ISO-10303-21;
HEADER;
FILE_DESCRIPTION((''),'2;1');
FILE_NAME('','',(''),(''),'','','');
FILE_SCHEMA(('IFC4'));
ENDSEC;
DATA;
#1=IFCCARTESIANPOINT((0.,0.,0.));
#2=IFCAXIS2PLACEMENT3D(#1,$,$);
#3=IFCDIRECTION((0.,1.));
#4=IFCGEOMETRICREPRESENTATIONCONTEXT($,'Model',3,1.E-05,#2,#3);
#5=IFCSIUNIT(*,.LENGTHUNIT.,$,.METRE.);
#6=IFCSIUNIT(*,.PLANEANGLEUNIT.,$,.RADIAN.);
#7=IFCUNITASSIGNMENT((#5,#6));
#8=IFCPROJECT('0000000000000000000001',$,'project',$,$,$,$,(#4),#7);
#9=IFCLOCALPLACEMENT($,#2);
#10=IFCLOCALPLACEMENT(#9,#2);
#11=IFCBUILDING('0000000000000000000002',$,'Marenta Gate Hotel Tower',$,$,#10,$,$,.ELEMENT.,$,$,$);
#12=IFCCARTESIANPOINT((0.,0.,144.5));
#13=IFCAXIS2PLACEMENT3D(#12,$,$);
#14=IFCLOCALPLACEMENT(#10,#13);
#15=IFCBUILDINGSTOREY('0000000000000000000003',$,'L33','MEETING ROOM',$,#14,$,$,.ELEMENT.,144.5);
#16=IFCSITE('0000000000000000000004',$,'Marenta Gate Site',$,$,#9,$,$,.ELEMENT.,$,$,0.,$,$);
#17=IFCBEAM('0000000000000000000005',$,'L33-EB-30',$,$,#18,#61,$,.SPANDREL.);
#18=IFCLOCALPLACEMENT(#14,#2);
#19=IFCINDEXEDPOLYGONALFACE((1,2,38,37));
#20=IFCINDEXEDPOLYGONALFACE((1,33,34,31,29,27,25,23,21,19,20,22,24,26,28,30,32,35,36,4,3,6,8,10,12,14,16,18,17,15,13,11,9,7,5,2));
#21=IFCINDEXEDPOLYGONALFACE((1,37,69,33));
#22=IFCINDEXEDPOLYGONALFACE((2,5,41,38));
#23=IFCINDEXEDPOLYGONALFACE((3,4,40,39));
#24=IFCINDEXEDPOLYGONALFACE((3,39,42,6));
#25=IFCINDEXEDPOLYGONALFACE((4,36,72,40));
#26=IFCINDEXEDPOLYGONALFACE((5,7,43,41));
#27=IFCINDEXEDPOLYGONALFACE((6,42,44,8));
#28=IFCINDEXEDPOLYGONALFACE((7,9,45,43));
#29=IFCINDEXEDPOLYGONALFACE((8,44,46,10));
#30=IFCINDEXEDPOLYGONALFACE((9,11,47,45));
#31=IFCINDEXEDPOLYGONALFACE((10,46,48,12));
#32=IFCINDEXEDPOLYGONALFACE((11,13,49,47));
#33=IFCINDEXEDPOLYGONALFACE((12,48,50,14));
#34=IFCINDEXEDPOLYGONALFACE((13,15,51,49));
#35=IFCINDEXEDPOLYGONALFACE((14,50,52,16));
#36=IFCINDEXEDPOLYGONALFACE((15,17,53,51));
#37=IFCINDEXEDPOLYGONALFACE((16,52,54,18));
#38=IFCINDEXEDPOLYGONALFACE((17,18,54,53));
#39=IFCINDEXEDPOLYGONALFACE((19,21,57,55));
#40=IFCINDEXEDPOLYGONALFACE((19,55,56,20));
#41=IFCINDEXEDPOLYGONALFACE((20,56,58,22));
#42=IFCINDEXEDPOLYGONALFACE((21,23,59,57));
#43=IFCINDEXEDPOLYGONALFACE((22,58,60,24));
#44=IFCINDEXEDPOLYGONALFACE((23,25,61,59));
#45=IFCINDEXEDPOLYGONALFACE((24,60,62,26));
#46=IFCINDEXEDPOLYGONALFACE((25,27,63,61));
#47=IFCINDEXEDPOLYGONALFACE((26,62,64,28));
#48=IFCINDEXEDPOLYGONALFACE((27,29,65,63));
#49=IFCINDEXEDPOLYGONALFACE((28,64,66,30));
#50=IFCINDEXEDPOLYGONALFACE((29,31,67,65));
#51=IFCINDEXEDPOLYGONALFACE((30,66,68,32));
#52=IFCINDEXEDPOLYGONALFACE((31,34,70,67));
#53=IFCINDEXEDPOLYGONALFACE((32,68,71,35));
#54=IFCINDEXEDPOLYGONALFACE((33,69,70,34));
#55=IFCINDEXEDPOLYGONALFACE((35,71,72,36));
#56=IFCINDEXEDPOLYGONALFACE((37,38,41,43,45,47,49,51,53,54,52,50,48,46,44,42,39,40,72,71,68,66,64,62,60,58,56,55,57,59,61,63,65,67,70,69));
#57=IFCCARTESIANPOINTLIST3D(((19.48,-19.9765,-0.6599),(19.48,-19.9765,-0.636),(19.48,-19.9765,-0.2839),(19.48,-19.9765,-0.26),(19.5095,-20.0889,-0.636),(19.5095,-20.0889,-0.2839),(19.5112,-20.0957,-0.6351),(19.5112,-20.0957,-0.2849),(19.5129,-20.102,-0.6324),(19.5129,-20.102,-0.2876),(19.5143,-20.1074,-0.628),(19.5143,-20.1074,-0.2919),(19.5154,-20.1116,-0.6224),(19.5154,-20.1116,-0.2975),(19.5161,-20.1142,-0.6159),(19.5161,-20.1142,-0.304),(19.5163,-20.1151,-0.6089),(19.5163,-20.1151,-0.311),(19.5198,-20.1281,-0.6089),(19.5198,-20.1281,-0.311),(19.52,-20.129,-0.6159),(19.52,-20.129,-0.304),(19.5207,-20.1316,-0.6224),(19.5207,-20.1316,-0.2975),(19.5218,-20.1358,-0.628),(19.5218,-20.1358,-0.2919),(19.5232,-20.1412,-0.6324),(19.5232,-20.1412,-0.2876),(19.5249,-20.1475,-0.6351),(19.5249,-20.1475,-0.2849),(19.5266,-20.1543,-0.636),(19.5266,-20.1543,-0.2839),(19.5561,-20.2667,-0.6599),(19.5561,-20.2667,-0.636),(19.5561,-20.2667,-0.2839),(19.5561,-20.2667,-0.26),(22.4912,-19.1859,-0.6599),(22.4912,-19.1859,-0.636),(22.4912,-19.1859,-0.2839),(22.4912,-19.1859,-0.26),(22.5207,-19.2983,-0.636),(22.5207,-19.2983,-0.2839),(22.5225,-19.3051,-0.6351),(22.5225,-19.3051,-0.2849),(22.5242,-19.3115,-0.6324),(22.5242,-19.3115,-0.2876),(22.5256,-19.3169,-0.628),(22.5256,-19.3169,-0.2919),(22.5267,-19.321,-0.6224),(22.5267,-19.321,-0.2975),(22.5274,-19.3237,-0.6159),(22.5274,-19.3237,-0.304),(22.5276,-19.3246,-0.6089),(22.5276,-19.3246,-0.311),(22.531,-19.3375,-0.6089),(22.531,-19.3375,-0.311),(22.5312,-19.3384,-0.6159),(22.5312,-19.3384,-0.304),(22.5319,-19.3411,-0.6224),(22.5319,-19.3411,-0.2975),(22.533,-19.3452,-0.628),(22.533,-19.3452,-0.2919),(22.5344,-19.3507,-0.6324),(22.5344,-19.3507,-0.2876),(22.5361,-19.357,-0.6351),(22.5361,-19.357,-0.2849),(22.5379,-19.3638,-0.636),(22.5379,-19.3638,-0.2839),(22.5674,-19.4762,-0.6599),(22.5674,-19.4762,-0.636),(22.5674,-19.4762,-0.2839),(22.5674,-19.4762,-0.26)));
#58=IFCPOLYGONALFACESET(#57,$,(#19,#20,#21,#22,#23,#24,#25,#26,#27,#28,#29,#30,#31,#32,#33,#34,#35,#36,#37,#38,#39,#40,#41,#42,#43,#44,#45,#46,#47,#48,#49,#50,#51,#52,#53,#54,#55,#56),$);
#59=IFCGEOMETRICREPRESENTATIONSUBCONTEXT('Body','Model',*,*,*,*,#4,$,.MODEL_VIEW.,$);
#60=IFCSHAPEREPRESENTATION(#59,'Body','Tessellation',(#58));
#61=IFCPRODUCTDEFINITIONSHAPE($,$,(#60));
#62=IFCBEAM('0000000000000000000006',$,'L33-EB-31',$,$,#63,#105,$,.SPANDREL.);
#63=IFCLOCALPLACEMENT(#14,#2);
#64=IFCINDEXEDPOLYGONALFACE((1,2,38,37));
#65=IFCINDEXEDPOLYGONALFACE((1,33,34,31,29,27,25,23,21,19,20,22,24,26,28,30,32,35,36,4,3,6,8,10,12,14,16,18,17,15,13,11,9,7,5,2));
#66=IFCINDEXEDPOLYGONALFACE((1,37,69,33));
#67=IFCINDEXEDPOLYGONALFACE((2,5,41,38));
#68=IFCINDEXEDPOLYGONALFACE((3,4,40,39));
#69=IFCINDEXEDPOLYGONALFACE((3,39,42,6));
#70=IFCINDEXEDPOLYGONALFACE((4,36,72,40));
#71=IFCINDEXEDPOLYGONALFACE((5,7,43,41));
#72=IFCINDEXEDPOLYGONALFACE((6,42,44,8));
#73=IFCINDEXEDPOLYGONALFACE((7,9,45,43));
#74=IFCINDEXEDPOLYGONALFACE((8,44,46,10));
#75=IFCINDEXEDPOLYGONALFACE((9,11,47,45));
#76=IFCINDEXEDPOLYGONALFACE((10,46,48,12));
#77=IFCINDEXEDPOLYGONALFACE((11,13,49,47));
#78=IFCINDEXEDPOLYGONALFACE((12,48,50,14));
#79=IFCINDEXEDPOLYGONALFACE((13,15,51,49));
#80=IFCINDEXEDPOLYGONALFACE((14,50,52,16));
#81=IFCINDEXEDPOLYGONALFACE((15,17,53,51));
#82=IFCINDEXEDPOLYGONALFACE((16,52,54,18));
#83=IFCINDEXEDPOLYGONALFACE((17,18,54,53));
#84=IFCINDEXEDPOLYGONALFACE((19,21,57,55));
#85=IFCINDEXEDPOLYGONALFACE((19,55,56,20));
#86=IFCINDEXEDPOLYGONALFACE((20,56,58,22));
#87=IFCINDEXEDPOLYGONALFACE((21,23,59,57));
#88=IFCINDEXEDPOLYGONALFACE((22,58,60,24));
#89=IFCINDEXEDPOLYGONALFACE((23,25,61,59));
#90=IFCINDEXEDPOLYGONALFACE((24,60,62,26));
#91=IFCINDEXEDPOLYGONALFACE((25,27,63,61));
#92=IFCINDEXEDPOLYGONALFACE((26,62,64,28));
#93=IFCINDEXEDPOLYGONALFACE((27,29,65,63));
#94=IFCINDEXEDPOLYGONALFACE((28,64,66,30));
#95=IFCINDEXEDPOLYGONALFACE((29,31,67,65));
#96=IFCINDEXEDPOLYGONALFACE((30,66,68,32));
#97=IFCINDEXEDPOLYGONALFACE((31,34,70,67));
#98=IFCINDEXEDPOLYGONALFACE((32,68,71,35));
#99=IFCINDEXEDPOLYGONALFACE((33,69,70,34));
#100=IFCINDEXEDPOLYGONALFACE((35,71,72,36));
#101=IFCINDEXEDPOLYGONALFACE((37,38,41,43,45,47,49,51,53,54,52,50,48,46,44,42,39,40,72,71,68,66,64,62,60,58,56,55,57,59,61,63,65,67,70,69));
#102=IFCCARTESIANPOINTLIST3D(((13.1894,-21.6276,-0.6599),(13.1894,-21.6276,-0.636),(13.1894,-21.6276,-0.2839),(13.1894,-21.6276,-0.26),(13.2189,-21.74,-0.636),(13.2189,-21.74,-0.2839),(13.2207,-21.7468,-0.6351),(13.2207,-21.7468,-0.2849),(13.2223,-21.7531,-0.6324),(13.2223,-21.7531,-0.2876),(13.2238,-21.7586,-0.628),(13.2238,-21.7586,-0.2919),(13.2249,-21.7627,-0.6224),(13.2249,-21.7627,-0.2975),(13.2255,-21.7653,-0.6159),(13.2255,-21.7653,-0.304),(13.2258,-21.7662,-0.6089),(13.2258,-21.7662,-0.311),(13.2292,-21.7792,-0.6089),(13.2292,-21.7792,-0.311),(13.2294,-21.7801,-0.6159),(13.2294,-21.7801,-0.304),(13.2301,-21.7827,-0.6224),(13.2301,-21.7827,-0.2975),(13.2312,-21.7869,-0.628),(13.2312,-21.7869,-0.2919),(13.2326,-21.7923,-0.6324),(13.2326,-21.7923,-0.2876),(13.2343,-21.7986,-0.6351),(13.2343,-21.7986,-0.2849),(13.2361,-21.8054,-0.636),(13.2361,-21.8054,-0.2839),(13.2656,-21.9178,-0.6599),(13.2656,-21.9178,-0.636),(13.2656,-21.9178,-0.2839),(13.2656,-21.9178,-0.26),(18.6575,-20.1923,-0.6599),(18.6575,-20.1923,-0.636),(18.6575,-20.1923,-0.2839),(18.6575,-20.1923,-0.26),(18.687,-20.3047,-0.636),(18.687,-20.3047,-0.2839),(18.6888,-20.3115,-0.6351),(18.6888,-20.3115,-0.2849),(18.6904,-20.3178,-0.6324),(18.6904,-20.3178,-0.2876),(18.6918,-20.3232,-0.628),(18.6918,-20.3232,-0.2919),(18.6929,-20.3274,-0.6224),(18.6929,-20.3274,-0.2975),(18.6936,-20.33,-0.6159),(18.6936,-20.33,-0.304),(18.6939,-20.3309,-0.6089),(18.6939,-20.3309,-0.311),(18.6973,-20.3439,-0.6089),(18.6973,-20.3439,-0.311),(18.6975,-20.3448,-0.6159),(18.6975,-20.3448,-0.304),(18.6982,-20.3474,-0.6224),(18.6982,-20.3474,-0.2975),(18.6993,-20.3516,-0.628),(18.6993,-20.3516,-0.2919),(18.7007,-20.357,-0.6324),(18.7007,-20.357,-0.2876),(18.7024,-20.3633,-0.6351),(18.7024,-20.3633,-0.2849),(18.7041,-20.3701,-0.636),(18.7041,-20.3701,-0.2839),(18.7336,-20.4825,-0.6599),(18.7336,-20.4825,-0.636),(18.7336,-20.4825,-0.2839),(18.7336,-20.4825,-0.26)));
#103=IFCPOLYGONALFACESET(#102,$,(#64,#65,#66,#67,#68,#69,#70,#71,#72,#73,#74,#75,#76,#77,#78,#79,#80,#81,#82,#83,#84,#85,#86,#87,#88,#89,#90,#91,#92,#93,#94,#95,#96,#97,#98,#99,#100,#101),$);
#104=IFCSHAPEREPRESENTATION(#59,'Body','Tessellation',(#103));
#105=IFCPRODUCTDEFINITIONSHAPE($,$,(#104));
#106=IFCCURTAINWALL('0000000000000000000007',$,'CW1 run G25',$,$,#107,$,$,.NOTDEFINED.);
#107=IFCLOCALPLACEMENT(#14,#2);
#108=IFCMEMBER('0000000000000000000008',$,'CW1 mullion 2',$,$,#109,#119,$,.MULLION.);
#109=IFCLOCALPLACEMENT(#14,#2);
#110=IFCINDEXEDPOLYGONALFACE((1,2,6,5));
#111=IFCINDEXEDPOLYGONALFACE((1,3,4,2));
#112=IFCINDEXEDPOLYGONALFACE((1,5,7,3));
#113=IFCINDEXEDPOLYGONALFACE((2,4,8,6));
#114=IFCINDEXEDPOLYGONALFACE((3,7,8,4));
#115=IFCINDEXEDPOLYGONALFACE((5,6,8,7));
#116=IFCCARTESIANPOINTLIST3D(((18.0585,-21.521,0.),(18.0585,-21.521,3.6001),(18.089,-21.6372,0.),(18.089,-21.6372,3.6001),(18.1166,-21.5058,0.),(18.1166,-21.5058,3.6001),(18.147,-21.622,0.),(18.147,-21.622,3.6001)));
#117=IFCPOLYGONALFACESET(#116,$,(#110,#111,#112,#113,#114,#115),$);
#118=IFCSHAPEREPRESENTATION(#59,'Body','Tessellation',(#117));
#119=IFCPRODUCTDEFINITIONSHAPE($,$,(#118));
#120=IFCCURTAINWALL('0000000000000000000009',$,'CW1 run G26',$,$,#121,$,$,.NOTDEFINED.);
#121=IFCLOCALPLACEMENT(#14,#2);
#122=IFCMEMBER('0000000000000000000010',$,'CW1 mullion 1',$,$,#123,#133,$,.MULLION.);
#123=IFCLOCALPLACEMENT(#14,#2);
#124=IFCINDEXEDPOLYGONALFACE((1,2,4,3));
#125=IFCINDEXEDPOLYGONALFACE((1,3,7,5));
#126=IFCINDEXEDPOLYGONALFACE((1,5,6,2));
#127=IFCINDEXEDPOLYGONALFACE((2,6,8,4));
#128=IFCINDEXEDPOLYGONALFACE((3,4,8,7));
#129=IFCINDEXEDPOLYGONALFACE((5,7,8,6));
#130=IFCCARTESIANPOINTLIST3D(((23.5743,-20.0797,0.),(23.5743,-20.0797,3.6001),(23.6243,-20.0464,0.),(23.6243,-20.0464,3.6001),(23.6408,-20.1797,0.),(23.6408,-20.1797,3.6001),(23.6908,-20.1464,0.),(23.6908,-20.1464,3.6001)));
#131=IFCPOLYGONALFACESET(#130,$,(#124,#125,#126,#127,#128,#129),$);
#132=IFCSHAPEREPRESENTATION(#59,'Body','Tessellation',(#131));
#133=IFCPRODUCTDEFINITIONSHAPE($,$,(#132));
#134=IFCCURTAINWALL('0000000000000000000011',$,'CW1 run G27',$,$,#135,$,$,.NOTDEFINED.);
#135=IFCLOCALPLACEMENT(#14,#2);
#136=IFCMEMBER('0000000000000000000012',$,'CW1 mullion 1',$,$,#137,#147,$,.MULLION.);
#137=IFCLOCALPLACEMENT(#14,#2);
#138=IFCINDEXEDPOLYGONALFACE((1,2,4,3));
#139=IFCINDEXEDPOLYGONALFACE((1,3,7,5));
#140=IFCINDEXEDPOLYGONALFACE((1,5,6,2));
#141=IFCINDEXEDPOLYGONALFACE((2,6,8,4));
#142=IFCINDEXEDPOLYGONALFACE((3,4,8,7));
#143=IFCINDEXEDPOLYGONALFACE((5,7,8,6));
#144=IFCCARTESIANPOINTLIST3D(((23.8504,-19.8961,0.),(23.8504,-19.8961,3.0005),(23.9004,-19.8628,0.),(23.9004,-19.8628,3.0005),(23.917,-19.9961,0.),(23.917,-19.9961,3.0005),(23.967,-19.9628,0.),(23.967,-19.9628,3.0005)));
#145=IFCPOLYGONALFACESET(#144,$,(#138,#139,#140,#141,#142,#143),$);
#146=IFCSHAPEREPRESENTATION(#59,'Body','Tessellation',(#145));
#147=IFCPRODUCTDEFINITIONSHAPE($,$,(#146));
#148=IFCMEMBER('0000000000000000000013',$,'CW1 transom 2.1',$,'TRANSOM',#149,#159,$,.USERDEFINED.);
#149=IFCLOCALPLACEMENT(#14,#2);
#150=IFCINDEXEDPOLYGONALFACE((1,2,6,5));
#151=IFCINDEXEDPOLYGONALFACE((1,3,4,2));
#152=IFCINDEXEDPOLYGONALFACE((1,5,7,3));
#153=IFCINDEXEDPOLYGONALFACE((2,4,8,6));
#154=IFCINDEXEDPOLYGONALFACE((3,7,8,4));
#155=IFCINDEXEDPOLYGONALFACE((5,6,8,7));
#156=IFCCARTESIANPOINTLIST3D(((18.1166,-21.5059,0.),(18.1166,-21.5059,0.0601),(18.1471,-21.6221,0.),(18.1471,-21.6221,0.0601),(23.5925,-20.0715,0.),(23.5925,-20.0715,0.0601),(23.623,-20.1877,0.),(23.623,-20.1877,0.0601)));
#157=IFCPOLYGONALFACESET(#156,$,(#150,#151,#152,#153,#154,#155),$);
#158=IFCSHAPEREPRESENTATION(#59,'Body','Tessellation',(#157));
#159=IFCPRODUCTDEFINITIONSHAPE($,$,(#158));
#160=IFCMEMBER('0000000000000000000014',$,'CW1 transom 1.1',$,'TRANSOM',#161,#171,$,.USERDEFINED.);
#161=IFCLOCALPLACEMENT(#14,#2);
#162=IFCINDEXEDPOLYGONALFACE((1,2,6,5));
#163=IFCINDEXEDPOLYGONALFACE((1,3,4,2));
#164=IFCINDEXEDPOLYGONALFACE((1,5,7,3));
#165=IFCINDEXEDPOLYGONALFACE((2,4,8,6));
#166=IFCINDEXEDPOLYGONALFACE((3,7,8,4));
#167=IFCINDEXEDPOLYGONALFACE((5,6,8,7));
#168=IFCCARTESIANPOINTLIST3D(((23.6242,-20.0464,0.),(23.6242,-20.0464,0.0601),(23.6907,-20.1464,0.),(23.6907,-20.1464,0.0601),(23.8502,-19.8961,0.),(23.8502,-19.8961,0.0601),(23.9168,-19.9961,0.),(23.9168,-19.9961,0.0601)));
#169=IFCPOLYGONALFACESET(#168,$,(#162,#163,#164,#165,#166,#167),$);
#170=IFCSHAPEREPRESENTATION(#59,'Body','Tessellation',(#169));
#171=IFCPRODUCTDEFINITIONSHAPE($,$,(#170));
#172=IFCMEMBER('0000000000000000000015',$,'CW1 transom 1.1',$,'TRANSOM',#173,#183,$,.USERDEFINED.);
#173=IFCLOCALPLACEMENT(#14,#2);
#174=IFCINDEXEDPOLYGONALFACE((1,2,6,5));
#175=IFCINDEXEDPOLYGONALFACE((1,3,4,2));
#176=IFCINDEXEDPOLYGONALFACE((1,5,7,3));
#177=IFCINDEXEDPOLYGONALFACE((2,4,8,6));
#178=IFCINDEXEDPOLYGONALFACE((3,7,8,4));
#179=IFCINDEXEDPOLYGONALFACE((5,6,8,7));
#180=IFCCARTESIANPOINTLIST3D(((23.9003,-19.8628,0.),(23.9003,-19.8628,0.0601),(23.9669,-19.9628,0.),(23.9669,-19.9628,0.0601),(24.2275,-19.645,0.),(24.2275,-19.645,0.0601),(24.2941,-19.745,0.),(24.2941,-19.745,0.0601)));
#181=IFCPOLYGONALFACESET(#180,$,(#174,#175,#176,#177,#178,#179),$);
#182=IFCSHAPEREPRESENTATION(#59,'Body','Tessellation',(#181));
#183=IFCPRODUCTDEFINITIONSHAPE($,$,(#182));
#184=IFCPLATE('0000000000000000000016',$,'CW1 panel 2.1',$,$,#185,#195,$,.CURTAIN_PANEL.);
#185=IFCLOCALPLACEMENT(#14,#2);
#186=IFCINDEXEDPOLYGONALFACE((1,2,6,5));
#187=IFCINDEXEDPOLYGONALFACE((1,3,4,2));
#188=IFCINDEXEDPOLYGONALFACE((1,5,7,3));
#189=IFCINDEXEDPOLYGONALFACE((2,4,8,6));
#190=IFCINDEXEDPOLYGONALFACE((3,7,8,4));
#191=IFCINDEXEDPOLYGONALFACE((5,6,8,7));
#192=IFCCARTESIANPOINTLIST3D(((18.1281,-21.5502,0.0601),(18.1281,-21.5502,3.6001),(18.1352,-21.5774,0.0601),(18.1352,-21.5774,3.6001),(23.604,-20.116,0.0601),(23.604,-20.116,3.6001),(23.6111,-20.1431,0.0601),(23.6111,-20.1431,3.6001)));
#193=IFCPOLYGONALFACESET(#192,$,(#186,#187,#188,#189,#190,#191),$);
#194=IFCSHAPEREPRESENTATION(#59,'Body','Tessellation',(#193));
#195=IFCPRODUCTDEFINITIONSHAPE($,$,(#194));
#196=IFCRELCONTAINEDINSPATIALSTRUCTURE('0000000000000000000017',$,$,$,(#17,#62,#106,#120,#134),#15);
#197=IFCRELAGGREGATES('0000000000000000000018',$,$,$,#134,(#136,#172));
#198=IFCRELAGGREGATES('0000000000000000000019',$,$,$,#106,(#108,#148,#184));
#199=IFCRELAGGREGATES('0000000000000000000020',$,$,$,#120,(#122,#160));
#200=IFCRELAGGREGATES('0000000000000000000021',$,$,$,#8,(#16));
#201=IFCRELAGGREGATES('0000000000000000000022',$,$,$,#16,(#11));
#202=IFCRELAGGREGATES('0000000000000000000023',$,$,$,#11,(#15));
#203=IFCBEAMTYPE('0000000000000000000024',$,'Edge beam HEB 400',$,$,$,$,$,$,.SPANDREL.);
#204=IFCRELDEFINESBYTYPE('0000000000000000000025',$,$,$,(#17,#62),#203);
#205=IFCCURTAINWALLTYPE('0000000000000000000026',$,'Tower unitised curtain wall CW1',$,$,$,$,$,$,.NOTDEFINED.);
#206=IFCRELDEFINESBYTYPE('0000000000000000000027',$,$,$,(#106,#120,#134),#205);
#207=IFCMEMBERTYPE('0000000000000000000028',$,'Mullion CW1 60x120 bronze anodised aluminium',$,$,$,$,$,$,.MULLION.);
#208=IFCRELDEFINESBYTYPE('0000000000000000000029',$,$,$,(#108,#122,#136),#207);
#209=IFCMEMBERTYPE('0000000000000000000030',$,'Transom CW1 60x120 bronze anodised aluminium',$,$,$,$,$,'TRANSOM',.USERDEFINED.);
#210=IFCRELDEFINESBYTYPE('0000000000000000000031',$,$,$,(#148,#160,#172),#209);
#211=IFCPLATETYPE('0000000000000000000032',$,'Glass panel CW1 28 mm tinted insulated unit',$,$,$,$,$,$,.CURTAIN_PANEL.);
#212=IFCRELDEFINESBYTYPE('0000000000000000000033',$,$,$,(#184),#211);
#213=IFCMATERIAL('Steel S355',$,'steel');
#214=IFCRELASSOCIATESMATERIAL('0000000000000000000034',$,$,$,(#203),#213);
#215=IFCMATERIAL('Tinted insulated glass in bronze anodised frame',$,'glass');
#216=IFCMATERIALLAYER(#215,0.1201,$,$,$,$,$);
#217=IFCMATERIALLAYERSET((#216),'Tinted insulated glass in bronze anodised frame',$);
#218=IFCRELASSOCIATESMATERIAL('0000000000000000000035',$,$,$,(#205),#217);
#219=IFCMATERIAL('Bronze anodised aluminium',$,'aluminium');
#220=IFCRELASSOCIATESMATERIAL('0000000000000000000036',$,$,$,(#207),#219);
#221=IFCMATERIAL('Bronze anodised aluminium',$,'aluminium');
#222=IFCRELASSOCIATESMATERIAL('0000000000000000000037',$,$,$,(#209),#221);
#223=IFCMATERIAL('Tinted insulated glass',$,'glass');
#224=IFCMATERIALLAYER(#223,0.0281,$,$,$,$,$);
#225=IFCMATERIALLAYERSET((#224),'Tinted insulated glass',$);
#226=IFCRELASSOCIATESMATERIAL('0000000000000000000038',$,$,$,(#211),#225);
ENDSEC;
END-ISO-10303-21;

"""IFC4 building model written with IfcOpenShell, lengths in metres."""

from ifc_helpers import new_model, si_unit, direction, frame, origin, origin_2d, place, context, subcontext, project, spatial, rectangle, i_section, extrude, material, layer, layer_set, material_profile, profile_set, type_object, element, aggregate, save


model = new_model("IFC4")

# Units and contexts
model_context = context("Model", 3, precision=1e-05, world=origin(), true_north=direction((0.0, 1.0)))
body_context = subcontext(model_context, "Body", "Model", "MODEL_VIEW")
ifc_project = project(units=[si_unit("LENGTHUNIT", "METRE"), si_unit("PLANEANGLEUNIT", "RADIAN")], contexts=[model_context])

# Site, building, storey
site_placement = place(None, origin())
site = spatial("IfcSite", under=ifc_project, at=site_placement, Name="Marenta Gate Site", CompositionType="ELEMENT", RefElevation=0.0)
building_placement = place(site_placement, origin())
building = spatial("IfcBuilding", under=site, at=building_placement, Name="Marenta Gate Hotel Tower", CompositionType="ELEMENT")
storey_placement = place(building_placement, frame((0.0, 0.0, 144.5)))
storey = spatial("IfcBuildingStorey", under=building, at=storey_placement, Name="L33", Description="MEETING ROOM", CompositionType="ELEMENT", Elevation=144.5)

# Beams
ifc_material_1 = material(Name="Steel S355", Category="steel")
ifc_material_profile_1 = material_profile(ifc_material_1, i_section(OverallWidth=0.3, OverallDepth=0.3999, WebThickness=0.0134, FlangeThickness=0.0239, FilletRadius=0.0271, at=origin_2d()), Name="HEB 400")
ifc_profile_set_1 = profile_set([ifc_material_profile_1], Name="Steel S355")
beam_type = type_object("IfcBeamType", Name="Edge beam HEB 400", PredefinedType="SPANDREL", material=ifc_profile_set_1)
beam_1_placement = place(storey_placement, frame((22.5293, -19.3311, -0.46), z_axis=(-0.967225, -0.253922, 0.0), x_axis=(0.253922, -0.967225, 0.0)))
element("IfcBeam", 1, at=beam_1_placement, inside=storey, type_object=beam_type, Name="L33-EB-30", PredefinedType="SPANDREL", context=body_context, shape_type="SweptSolid", body=[
    extrude(i_section(OverallWidth=0.3, OverallDepth=0.3999, WebThickness=0.0134, FlangeThickness=0.0239, FilletRadius=0.0271, at=origin_2d()), origin(), (0.0, 0.0, 1.0), 3.1133),
])
beam_2_placement = place(storey_placement, frame((18.6956, -20.3374, -0.46), z_axis=(-0.967233, -0.25389, 0.0), x_axis=(0.25389, -0.967233, 0.0)))
element("IfcBeam", 2, at=beam_2_placement, inside=storey, type_object=beam_type, Name="L33-EB-31", PredefinedType="SPANDREL", context=body_context, shape_type="SweptSolid", body=[
    extrude(i_section(OverallWidth=0.3, OverallDepth=0.3999, WebThickness=0.0134, FlangeThickness=0.0239, FilletRadius=0.0271, at=origin_2d()), origin(), (0.0, 0.0, 1.0), 5.6533),
])

# Curtain walls, members
ifc_material_2 = material(Name="Tinted insulated glass in bronze anodised frame", Category="glass")
ifc_layer_1 = layer(ifc_material_2, 0.1201)
ifc_layer_set_1 = layer_set([ifc_layer_1], Name="Tinted insulated glass in bronze anodised frame")
curtain_wall_type = type_object("IfcCurtainWallType", Name="Tower unitised curtain wall CW1", PredefinedType="NOTDEFINED", material=ifc_layer_set_1)
curtain_wall_1_placement = place(storey_placement, origin())
curtain_wall_1 = element("IfcCurtainWall", 3, at=curtain_wall_1_placement, inside=storey, type_object=curtain_wall_type, Name="CW1 run G25", PredefinedType="NOTDEFINED")
ifc_material_3 = material(Name="Bronze anodised aluminium", Category="aluminium")
ifc_material_profile_2 = material_profile(ifc_material_3, rectangle(XDim=0.1201, YDim=0.0601, at=origin_2d()), Name="Mullion CW1 60x120 bronze anodised aluminium")
ifc_profile_set_2 = profile_set([ifc_material_profile_2], Name="Bronze anodised aluminium")
member_type_1 = type_object("IfcMemberType", Name="Mullion CW1 60x120 bronze anodised aluminium", PredefinedType="MULLION", material=ifc_profile_set_2)
member_1_placement = place(storey_placement, frame((18.1028, -21.5715, 0.0), z_axis=(0.0, 0.0, 1.0), x_axis=(-0.253374, 0.967368, 0.0)))
member_1 = element("IfcMember", 4, at=member_1_placement, type_object=member_type_1, Name="CW1 mullion 2", PredefinedType="MULLION", context=body_context, shape_type="SweptSolid", body=[
    extrude(rectangle(XDim=0.1201, YDim=0.0601, at=origin_2d()), origin(), (0.0, 0.0, 1.0), 3.6001),
])
curtain_wall_2_placement = place(storey_placement, origin())
curtain_wall_2 = element("IfcCurtainWall", 5, at=curtain_wall_2_placement, inside=storey, type_object=curtain_wall_type, Name="CW1 run G26", PredefinedType="NOTDEFINED")
member_2_placement = place(storey_placement, frame((23.6326, -20.113, 0.0), z_axis=(0.0, 0.0, 1.0), x_axis=(-0.553865, 0.832607, 0.0)))
member_2 = element("IfcMember", 6, at=member_2_placement, type_object=member_type_1, Name="CW1 mullion 1", PredefinedType="MULLION", context=body_context, shape_type="SweptSolid", body=[
    extrude(rectangle(XDim=0.1201, YDim=0.0601, at=origin_2d()), origin(), (0.0, 0.0, 1.0), 3.6001),
])
curtain_wall_3_placement = place(storey_placement, origin())
curtain_wall_3 = element("IfcCurtainWall", 7, at=curtain_wall_3_placement, inside=storey, type_object=curtain_wall_type, Name="CW1 run G27", PredefinedType="NOTDEFINED")
member_3_placement = place(storey_placement, frame((23.9087, -19.9294, 0.0), z_axis=(0.0, 0.0, 1.0), x_axis=(-0.554089, 0.832458, 0.0)))
member_3 = element("IfcMember", 8, at=member_3_placement, type_object=member_type_1, Name="CW1 mullion 1", PredefinedType="MULLION", context=body_context, shape_type="SweptSolid", body=[
    extrude(rectangle(XDim=0.1201, YDim=0.0601, at=origin_2d()), origin(), (0.0, 0.0, 1.0), 3.0005),
])

# Members
ifc_material_4 = material(Name="Bronze anodised aluminium", Category="aluminium")
ifc_material_profile_3 = material_profile(ifc_material_4, rectangle(XDim=0.1201, YDim=0.0601, at=origin_2d()), Name="Transom CW1 60x120 bronze anodised aluminium")
ifc_profile_set_3 = profile_set([ifc_material_profile_3], Name="Bronze anodised aluminium")
member_type_2 = type_object("IfcMemberType", Name="Transom CW1 60x120 bronze anodised aluminium", ElementType="TRANSOM", PredefinedType="USERDEFINED", material=ifc_profile_set_3)
member_4_placement = place(storey_placement, frame((18.1318, -21.564, 0.03), z_axis=(0.967364, 0.253389, 0.0), x_axis=(-0.253389, 0.967364, 0.0)))
member_4 = element("IfcMember", 9, at=member_4_placement, type_object=member_type_2, Name="CW1 transom 2.1", ObjectType="TRANSOM", PredefinedType="USERDEFINED", context=body_context, shape_type="SweptSolid", body=[
    extrude(rectangle(XDim=0.1201, YDim=0.0601, at=origin_2d()), origin(), (0.0, 0.0, 1.0), 5.6606),
])
member_5_placement = place(storey_placement, frame((23.6575, -20.0964, 0.03), z_axis=(0.832603, 0.55387, 0.0), x_axis=(-0.55387, 0.832603, 0.0)))
member_5 = element("IfcMember", 10, at=member_5_placement, type_object=member_type_2, Name="CW1 transom 1.1", ObjectType="TRANSOM", PredefinedType="USERDEFINED", context=body_context, shape_type="SweptSolid", body=[
    extrude(rectangle(XDim=0.1201, YDim=0.0601, at=origin_2d()), origin(), (0.0, 0.0, 1.0), 0.2715),
])
member_6_placement = place(storey_placement, frame((23.9336, -19.9128, 0.03), z_axis=(0.832432, 0.554127, 0.0), x_axis=(-0.554127, 0.832432, 0.0)))
member_6 = element("IfcMember", 11, at=member_6_placement, type_object=member_type_2, Name="CW1 transom 1.1", ObjectType="TRANSOM", PredefinedType="USERDEFINED", context=body_context, shape_type="SweptSolid", body=[
    extrude(rectangle(XDim=0.1201, YDim=0.0601, at=origin_2d()), origin(), (0.0, 0.0, 1.0), 0.3931),
])
aggregate(curtain_wall_3, [member_3, member_6])

# Plate
ifc_material_5 = material(Name="Tinted insulated glass", Category="glass")
ifc_layer_2 = layer(ifc_material_5, 0.0281)
ifc_layer_set_2 = layer_set([ifc_layer_2], Name="Tinted insulated glass")
plate_type = type_object("IfcPlateType", Name="Glass panel CW1 28 mm tinted insulated unit", PredefinedType="CURTAIN_PANEL", material=ifc_layer_set_2)
plate_1_placement = place(storey_placement, frame((20.8696, -20.8467, 0.0601), z_axis=(0.0, 0.0, 1.0), x_axis=(0.967368, 0.253374, 0.0)))
plate_1 = element("IfcPlate", 12, at=plate_1_placement, type_object=plate_type, Name="CW1 panel 2.1", PredefinedType="CURTAIN_PANEL", context=body_context, shape_type="SweptSolid", body=[
    extrude(rectangle(XDim=5.6606, YDim=0.0281, at=origin_2d()), origin(), (0.0, 0.0, 1.0), 3.54),
])
aggregate(curtain_wall_1, [member_1, member_4, plate_1])
aggregate(curtain_wall_2, [member_2, member_5])

save(model, "model.ifc")
